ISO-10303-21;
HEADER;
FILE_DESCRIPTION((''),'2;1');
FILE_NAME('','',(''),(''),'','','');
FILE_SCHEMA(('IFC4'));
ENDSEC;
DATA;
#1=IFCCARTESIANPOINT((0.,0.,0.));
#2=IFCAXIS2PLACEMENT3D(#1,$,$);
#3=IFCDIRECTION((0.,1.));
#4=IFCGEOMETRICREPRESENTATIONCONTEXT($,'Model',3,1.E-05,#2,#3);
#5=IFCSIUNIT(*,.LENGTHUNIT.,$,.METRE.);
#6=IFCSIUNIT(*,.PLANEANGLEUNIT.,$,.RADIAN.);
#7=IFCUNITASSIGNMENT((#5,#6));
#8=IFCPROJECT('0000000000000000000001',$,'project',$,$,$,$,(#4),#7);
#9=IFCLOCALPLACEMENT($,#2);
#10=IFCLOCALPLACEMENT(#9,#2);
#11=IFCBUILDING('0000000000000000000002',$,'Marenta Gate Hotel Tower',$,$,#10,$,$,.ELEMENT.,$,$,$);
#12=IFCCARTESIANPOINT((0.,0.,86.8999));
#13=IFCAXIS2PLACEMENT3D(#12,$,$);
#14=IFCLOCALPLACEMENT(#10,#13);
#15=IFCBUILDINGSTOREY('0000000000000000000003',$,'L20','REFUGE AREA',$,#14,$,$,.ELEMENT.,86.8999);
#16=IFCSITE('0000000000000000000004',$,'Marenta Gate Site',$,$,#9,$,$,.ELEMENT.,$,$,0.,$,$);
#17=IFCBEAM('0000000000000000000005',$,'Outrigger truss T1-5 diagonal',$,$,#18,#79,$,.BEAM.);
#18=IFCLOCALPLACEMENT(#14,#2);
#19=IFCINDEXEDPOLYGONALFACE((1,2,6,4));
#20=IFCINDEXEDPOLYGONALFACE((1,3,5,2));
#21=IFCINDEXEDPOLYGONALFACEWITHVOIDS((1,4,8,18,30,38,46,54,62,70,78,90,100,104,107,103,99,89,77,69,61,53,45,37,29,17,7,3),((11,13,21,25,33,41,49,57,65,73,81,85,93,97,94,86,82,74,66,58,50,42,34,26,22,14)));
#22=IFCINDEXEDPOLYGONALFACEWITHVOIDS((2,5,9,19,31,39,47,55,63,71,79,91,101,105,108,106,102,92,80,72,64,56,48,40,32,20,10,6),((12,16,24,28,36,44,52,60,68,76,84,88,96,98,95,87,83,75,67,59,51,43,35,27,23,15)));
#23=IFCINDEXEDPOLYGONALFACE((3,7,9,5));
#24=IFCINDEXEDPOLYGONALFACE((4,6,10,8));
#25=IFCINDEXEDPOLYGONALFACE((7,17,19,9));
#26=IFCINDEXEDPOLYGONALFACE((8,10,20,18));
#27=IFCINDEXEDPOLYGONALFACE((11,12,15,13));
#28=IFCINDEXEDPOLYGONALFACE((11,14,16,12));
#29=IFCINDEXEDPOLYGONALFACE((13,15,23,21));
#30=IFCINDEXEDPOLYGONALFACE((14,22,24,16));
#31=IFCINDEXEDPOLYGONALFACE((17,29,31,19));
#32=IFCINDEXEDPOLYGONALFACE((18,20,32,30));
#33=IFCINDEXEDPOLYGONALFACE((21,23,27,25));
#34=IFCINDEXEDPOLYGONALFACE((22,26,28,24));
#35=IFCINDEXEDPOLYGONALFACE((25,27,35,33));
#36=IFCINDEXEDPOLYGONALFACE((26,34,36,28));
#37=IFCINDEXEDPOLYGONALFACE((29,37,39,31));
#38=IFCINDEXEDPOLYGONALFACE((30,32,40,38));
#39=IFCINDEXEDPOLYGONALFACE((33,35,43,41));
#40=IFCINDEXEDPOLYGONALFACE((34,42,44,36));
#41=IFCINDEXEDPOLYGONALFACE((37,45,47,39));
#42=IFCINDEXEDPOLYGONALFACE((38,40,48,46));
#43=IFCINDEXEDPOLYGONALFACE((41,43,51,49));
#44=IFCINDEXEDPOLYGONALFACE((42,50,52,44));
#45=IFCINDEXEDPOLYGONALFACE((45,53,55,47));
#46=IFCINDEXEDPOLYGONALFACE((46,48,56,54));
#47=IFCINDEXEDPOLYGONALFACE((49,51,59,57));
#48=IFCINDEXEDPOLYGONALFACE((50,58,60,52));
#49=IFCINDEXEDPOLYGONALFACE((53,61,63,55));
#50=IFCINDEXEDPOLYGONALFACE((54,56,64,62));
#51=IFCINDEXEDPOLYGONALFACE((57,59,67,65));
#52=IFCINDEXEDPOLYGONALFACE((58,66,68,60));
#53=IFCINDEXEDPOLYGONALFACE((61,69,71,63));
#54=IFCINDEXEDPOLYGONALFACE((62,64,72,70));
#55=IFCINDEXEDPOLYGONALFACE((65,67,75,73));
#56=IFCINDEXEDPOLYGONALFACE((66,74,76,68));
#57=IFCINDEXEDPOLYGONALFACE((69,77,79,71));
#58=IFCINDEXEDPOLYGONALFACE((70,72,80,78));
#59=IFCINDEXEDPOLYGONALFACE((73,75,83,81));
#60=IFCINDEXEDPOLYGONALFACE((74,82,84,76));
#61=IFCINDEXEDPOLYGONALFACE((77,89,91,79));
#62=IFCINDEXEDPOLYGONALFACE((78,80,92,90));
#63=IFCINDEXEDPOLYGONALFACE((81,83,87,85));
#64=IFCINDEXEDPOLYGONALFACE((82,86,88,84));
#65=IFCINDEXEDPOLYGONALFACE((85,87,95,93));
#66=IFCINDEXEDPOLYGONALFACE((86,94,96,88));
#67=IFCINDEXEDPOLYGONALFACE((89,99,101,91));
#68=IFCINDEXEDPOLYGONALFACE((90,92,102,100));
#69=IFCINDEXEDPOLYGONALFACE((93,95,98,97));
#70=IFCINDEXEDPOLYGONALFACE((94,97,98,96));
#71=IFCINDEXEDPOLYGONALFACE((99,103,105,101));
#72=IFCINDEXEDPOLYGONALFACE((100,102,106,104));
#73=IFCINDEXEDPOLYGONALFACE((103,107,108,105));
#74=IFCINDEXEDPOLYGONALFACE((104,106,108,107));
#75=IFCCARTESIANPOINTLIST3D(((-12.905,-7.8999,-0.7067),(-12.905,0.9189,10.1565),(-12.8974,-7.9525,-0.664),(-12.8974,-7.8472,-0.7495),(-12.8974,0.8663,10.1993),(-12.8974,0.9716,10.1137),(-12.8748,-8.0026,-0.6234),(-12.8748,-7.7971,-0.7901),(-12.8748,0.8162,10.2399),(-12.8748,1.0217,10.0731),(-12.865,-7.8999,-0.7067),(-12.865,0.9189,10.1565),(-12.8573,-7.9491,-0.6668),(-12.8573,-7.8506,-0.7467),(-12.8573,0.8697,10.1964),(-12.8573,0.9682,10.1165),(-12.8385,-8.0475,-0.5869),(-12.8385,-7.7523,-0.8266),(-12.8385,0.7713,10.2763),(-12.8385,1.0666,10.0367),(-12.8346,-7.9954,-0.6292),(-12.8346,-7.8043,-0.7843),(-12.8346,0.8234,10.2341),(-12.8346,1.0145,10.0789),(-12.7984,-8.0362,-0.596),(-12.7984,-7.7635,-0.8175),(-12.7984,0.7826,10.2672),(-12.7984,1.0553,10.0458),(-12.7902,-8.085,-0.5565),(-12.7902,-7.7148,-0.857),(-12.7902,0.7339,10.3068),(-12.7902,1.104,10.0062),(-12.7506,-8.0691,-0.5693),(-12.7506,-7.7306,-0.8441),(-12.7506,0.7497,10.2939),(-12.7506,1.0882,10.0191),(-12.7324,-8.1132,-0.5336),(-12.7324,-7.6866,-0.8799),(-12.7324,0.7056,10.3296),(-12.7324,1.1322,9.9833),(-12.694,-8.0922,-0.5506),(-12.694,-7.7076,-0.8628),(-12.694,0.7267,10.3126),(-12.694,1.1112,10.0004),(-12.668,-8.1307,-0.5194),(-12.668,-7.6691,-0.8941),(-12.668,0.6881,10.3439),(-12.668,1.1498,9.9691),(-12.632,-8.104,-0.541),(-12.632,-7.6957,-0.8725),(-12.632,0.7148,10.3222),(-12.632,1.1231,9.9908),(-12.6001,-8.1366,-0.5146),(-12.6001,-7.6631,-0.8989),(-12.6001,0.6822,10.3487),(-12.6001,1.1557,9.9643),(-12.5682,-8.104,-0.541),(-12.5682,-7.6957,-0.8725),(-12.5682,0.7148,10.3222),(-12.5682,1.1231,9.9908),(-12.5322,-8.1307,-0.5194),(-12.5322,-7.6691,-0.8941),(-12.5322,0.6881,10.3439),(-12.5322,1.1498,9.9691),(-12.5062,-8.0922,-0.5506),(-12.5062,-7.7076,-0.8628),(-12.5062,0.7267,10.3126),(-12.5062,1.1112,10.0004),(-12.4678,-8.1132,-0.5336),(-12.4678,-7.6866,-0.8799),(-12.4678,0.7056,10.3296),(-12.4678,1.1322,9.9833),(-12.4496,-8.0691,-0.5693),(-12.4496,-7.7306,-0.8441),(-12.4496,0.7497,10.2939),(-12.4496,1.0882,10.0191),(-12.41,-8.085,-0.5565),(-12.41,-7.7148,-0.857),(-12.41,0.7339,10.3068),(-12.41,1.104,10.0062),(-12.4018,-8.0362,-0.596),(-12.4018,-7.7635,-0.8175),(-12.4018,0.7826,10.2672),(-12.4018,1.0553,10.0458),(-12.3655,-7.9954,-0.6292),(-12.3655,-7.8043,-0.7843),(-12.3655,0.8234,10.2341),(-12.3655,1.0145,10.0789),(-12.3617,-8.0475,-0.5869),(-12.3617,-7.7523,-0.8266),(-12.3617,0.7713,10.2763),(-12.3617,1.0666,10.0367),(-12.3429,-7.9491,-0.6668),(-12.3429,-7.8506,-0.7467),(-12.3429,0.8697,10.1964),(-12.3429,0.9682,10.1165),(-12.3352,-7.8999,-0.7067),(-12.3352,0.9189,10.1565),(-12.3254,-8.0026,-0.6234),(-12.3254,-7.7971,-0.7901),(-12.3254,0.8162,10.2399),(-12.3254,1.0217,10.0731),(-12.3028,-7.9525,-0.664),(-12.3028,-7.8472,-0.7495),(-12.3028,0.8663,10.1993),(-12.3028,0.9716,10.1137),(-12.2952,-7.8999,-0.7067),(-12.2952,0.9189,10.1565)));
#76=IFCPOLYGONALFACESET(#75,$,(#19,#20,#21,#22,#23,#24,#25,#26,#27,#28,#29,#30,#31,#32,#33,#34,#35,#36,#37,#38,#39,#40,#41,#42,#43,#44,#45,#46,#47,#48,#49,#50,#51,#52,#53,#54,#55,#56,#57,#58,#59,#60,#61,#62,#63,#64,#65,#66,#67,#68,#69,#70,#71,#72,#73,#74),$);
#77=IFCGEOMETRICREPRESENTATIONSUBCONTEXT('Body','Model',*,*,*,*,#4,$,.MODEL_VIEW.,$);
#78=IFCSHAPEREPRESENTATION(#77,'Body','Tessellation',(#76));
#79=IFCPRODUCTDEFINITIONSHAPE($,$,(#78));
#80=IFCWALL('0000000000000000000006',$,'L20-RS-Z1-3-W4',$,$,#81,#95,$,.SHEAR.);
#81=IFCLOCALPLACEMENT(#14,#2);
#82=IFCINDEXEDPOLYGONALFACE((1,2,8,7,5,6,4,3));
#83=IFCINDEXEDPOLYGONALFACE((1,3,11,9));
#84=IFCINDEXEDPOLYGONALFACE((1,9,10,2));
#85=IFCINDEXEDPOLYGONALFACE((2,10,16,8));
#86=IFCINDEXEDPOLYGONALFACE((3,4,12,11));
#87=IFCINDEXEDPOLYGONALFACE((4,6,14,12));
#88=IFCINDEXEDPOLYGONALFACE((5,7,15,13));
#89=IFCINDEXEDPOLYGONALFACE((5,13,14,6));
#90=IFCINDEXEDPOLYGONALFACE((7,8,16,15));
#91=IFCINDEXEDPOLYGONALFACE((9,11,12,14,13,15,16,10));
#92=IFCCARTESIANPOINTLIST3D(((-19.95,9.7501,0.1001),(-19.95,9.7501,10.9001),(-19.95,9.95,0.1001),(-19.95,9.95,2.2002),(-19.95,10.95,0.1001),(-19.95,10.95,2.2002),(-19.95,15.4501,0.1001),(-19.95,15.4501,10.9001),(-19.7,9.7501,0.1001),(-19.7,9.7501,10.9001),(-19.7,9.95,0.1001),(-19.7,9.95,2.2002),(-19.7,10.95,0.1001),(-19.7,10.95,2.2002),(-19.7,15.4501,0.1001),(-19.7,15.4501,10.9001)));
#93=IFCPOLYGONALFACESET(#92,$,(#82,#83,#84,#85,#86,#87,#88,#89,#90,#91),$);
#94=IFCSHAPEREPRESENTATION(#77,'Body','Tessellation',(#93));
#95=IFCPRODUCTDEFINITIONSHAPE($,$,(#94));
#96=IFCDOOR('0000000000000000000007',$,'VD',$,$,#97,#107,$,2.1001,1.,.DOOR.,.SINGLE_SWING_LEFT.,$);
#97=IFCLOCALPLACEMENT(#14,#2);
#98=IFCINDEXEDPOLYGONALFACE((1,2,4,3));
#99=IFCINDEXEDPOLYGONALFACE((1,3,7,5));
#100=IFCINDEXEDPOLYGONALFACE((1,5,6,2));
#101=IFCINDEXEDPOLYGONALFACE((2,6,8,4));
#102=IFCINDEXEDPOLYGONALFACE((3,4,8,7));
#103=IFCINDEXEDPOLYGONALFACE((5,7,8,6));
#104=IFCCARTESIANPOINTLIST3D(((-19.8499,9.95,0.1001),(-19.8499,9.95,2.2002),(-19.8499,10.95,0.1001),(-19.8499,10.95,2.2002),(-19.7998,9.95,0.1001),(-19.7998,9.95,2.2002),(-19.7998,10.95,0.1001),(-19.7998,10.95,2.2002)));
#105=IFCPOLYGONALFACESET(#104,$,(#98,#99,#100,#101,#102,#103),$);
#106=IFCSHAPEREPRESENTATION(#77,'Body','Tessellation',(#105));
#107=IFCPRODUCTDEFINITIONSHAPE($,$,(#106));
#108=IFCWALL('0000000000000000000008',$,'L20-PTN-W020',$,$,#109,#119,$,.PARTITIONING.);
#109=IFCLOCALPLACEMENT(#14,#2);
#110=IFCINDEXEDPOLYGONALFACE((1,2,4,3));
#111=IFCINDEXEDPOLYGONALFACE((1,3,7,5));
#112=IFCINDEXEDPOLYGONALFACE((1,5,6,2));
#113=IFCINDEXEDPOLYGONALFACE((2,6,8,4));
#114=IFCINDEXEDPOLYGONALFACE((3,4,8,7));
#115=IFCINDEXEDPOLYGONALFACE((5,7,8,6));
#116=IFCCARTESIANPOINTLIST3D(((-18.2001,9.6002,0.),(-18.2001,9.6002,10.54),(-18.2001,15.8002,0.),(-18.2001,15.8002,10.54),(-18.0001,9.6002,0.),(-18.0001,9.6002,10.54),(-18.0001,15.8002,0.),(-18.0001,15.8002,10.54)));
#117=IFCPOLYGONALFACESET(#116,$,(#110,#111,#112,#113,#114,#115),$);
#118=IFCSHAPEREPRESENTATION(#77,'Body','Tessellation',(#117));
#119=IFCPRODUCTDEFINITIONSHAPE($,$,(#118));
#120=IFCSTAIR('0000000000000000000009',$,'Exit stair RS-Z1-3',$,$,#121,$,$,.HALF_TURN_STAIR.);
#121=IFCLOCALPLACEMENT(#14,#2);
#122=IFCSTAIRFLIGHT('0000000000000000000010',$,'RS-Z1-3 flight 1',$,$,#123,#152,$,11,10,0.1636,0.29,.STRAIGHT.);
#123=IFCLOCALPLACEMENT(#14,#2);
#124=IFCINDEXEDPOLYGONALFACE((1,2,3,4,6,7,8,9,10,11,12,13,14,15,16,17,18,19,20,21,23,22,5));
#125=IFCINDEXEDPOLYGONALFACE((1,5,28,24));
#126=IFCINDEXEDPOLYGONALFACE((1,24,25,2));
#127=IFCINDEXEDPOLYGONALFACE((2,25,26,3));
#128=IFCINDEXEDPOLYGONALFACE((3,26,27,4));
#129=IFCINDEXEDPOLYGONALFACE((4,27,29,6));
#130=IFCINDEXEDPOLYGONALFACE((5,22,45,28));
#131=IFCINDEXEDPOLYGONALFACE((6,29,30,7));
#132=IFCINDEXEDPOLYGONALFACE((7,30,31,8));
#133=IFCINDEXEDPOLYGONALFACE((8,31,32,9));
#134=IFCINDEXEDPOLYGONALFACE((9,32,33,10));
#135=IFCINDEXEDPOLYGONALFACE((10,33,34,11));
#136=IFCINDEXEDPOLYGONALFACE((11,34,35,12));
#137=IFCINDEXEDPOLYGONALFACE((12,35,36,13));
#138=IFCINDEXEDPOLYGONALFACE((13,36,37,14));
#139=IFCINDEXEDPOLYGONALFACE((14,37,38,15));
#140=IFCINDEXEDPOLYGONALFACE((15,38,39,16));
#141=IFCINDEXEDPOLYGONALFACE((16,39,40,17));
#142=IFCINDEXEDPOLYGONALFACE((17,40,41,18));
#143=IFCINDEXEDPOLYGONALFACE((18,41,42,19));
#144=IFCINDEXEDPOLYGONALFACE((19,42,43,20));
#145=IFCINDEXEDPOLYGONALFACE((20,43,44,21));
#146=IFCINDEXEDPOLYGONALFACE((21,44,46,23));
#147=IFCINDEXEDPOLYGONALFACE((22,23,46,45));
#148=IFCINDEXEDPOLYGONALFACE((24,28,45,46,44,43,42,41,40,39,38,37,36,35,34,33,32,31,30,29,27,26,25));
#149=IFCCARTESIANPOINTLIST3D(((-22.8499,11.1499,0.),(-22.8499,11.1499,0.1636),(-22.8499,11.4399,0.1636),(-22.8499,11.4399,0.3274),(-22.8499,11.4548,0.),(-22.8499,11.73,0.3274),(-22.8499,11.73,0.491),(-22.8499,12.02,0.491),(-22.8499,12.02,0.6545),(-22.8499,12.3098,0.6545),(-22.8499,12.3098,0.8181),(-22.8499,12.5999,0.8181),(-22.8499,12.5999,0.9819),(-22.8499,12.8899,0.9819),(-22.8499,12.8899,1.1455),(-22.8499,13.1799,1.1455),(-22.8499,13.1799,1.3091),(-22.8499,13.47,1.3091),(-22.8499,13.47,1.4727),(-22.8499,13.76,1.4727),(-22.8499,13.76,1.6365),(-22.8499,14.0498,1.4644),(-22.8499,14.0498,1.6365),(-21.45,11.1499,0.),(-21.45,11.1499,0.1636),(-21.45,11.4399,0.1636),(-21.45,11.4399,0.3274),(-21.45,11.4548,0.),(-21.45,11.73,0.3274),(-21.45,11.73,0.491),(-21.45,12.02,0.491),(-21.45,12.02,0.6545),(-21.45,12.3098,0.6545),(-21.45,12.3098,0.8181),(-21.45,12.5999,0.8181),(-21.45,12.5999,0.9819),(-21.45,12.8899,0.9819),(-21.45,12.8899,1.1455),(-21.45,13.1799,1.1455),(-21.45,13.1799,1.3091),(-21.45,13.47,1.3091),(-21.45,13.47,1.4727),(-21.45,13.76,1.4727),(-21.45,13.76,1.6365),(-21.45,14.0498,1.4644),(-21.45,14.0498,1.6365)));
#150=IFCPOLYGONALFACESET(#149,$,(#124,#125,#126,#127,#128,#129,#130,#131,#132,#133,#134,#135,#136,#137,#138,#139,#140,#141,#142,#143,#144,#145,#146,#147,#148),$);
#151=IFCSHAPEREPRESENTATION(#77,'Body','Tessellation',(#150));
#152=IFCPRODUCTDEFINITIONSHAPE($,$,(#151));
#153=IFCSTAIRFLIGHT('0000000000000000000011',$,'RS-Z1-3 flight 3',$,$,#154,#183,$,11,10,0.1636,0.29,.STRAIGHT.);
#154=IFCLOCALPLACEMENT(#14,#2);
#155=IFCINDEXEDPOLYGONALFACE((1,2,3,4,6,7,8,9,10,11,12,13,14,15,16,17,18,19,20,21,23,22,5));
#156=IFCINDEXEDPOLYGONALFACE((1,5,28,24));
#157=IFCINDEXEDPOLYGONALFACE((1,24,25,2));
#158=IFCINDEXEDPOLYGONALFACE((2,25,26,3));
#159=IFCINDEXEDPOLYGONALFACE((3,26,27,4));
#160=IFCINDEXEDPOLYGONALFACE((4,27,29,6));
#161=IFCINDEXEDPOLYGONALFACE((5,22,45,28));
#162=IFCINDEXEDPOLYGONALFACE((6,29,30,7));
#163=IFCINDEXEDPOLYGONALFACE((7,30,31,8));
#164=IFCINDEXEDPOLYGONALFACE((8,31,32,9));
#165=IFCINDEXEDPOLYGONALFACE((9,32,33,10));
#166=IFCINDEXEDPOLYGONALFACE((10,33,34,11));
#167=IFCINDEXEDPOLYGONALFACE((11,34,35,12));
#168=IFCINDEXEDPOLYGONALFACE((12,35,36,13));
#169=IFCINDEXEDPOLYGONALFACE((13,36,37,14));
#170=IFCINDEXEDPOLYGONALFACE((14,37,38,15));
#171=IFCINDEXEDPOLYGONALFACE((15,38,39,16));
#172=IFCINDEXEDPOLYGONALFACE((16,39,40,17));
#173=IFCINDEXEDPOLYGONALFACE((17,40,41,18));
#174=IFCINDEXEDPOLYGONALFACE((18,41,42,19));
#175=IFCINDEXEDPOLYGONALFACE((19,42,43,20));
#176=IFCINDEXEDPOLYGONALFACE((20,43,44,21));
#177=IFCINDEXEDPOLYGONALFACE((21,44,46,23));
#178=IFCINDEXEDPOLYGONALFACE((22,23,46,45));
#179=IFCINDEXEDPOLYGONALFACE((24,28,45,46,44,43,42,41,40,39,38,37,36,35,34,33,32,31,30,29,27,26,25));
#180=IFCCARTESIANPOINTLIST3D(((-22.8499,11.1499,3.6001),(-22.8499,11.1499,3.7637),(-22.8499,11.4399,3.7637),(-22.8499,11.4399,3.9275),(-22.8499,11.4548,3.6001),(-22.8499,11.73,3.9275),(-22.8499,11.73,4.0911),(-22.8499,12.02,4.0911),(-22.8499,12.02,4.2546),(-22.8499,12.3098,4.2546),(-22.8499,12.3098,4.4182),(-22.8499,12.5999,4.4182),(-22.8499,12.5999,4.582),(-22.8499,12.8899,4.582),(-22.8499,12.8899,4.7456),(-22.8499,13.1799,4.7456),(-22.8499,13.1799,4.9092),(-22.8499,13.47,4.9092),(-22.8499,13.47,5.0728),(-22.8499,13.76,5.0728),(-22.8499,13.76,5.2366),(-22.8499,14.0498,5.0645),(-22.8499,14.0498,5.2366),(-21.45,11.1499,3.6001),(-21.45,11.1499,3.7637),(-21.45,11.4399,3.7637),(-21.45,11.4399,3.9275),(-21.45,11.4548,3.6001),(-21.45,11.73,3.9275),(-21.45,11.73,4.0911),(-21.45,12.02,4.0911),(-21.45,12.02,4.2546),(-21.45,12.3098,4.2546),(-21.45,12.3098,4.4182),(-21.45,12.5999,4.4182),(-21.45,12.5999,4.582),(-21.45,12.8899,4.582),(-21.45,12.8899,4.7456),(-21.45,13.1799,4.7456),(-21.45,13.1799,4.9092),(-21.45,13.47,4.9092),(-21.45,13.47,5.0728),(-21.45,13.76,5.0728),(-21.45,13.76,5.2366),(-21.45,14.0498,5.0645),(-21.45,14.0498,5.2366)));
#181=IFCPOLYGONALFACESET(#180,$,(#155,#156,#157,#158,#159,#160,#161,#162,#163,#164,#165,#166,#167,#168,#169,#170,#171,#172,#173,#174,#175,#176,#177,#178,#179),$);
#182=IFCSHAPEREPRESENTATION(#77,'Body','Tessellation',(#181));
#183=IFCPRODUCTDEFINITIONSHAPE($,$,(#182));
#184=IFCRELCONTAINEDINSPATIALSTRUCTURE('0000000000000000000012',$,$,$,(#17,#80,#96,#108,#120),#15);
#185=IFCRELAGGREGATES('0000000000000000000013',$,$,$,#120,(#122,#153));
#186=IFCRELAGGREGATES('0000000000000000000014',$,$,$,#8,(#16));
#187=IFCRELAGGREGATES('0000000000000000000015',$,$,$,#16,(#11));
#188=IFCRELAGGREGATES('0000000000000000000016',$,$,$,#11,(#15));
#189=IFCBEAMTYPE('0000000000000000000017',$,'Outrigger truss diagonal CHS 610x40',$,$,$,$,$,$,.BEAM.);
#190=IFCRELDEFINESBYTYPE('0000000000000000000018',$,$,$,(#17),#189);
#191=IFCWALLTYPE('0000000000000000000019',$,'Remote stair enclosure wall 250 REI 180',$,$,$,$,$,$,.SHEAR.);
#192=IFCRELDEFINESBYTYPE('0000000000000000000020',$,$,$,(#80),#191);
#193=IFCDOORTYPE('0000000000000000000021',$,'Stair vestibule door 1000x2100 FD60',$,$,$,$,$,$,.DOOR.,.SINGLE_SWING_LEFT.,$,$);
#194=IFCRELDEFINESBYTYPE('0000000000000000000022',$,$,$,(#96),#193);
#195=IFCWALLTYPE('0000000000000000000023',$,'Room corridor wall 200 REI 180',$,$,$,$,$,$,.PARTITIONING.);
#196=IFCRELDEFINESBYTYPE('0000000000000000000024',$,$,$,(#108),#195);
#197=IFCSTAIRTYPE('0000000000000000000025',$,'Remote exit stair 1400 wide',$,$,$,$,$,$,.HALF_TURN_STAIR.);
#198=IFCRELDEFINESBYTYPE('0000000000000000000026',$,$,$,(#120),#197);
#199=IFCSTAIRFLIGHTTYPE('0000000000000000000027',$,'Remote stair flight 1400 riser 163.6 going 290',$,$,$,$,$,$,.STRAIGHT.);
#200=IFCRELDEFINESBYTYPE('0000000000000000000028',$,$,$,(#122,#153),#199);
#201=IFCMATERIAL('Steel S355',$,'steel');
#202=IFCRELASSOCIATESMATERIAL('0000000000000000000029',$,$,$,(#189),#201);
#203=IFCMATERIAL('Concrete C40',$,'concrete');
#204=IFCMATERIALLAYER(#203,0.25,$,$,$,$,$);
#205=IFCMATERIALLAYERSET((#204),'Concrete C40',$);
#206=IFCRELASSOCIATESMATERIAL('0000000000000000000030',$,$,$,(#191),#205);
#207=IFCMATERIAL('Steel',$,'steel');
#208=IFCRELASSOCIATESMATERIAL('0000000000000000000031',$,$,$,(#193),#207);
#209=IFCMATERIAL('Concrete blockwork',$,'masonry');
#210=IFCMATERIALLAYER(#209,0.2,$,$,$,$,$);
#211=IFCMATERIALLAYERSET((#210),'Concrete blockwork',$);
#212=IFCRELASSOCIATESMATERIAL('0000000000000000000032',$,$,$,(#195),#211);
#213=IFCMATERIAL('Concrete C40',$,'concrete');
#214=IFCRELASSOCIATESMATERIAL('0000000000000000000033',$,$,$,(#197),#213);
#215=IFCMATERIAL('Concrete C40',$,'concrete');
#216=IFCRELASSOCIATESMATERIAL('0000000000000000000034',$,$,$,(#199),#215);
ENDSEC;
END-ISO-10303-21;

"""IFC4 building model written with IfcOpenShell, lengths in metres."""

from ifc_helpers import new_model, si_unit, direction, frame, frame_2d, origin, origin_2d, place, context, subcontext, project, spatial, polyline, rectangle, hollow_circle, outline, extrude, material, layer, layer_set, material_profile, profile_set, type_object, element, fill, aggregate, save


model = new_model("IFC4")

# Units and contexts
model_context = context("Model", 3, precision=1e-05, world=origin(), true_north=direction((0.0, 1.0)))
body_context = subcontext(model_context, "Body", "Model", "MODEL_VIEW")
ifc_project = project(units=[si_unit("LENGTHUNIT", "METRE"), si_unit("PLANEANGLEUNIT", "RADIAN")], contexts=[model_context])

# Site, building, storey
site_placement = place(None, origin())
site = spatial("IfcSite", under=ifc_project, at=site_placement, Name="Marenta Gate Site", CompositionType="ELEMENT", RefElevation=0.0)
building_placement = place(site_placement, origin())
building = spatial("IfcBuilding", under=site, at=building_placement, Name="Marenta Gate Hotel Tower", CompositionType="ELEMENT")
storey_placement = place(building_placement, frame((0.0, 0.0, 86.8999)))
storey = spatial("IfcBuildingStorey", under=building, at=storey_placement, Name="L20", Description="REFUGE AREA", CompositionType="ELEMENT", Elevation=86.8999)

# Beam
ifc_material_1 = material(Name="Steel S355", Category="steel")
ifc_material_profile_1 = material_profile(ifc_material_1, hollow_circle(Radius=0.3049, WallThickness=0.04, at=origin_2d()), Name="CHS 610x40")
ifc_profile_set_1 = profile_set([ifc_material_profile_1], Name="Steel S355")
beam_type_1 = type_object("IfcBeamType", Name="Outrigger truss diagonal CHS 610x40", PredefinedType="BEAM", material=ifc_profile_set_1)
beam_1_placement = place(storey_placement, frame((-12.6001, 0.9189, 10.1565), z_axis=(0.0, -0.630267, -0.776379), x_axis=(1.0, 0.0, 0.0)))
element("IfcBeam", 1, at=beam_1_placement, inside=storey, type_object=beam_type_1, Name="Outrigger truss T1-5 diagonal", PredefinedType="BEAM", context=body_context, shape_type="SweptSolid", body=[
    extrude(hollow_circle(Radius=0.3049, WallThickness=0.04, at=origin_2d()), origin(), (0.0, 0.0, 1.0), 13.9922),
])

# Wall, opening, door
ifc_material_2 = material(Name="Concrete C40", Category="concrete")
ifc_layer_1 = layer(ifc_material_2, 0.25)
ifc_layer_set_1 = layer_set([ifc_layer_1], Name="Concrete C40")
wall_type_1 = type_object("IfcWallType", Name="Remote stair enclosure wall 250 REI 180", PredefinedType="SHEAR", material=ifc_layer_set_1)
wall_1_placement = place(storey_placement, frame((-19.825, 9.75, 0.1001), z_axis=(0.0, 0.0, 1.0), x_axis=(0.0, 1.0, 0.0)))
wall_1 = element("IfcWall", 2, at=wall_1_placement, inside=storey, type_object=wall_type_1, Name="L20-RS-Z1-3-W4", PredefinedType="SHEAR", context=body_context, shape_type="SweptSolid", body=[
    extrude(rectangle(XDim=5.7, YDim=0.25, at=frame_2d((2.8501, 0.0))), origin(), (0.0, 0.0, 1.0), 10.8),
])
opening_1_placement = place(wall_1_placement, frame((0.2, 0.0, 0.0)))
opening_1 = element("IfcOpeningElement", 3, at=opening_1_placement, cuts=wall_1, PredefinedType="OPENING", context=body_context, shape_type="SweptSolid", body=[
    extrude(rectangle(XDim=1.0, YDim=2.1001, at=frame_2d((0.5, 1.05))), frame((0.0, 0.125, 0.0), z_axis=(0.0, -1.0, 0.0), x_axis=(1.0, 0.0, 0.0)), (0.0, 0.0, 1.0), 0.25),
])
ifc_material_3 = material(Name="Steel", Category="steel")
door_type_1 = type_object("IfcDoorType", Name="Stair vestibule door 1000x2100 FD60", OperationType="SINGLE_SWING_LEFT", PredefinedType="DOOR", material=ifc_material_3)
door_1_placement = place(opening_1_placement, origin())
door_1 = element("IfcDoor", 4, at=door_1_placement, inside=storey, type_object=door_type_1, Name="VD", OperationType="SINGLE_SWING_LEFT", OverallHeight=2.1001, OverallWidth=1.0, PredefinedType="DOOR", context=body_context, shape_type="SweptSolid", body=[
    extrude(rectangle(XDim=1.0, YDim=2.1001, at=frame_2d((0.5, 1.05))), frame((0.0, 0.0249, 0.0), z_axis=(0.0, -1.0, 0.0), x_axis=(1.0, 0.0, 0.0)), (0.0, 0.0, 1.0), 0.05),
])
fill(opening_1, door_1)
ifc_material_4 = material(Name="Concrete blockwork", Category="masonry")
ifc_layer_2 = layer(ifc_material_4, 0.2)
ifc_layer_set_2 = layer_set([ifc_layer_2], Name="Concrete blockwork")
wall_type_2 = type_object("IfcWallType", Name="Room corridor wall 200 REI 180", PredefinedType="PARTITIONING", material=ifc_layer_set_2)

# Wall
wall_2_placement = place(storey_placement, frame((-18.1001, 9.6001, 0.0), z_axis=(0.0, 0.0, 1.0), x_axis=(0.0, 1.0, 0.0)))
element("IfcWall", 5, at=wall_2_placement, inside=storey, type_object=wall_type_2, Name="L20-PTN-W020", PredefinedType="PARTITIONING", context=body_context, shape_type="SweptSolid", body=[
    extrude(rectangle(XDim=6.2, YDim=0.2, at=frame_2d((3.1001, 0.0))), origin(), (0.0, 0.0, 1.0), 10.54),
])

# Stair, stair flights
ifc_material_5 = material(Name="Concrete C40", Category="concrete")
stair_type = type_object("IfcStairType", Name="Remote exit stair 1400 wide", PredefinedType="HALF_TURN_STAIR", material=ifc_material_5)
stair_placement = place(storey_placement, origin())
stair = element("IfcStair", 6, at=stair_placement, inside=storey, type_object=stair_type, Name="Exit stair RS-Z1-3", PredefinedType="HALF_TURN_STAIR")
ifc_material_6 = material(Name="Concrete C40", Category="concrete")
stair_flight_type = type_object("IfcStairFlightType", Name="Remote stair flight 1400 riser 163.6 going 290", PredefinedType="STRAIGHT", material=ifc_material_6)
stair_flight_1_placement = place(storey_placement, frame((-22.1499, 11.1499, 0.0), z_axis=(0.0, 0.0, 1.0), x_axis=(0.0, 1.0, 0.0)))
stair_flight_1 = element("IfcStairFlight", 7, at=stair_flight_1_placement, type_object=stair_flight_type, Name="RS-Z1-3 flight 1", NumberOfRisers=11, NumberOfTreads=10, PredefinedType="STRAIGHT", RiserHeight=0.1636, TreadLength=0.29, context=body_context, shape_type="SweptSolid", body=[
    extrude(outline(polyline([(0.0, 0.0), (0.0, 0.1636), (0.29, 0.1636), (0.29, 0.3274), (0.5801, 0.3274), (0.5801, 0.491), (0.8701, 0.491), (0.8701, 0.6545), (1.1599, 0.6545), (1.1599, 0.8181), (1.45, 0.8181), (1.45, 0.9819), (1.74, 0.9819), (1.74, 1.1455), (2.03, 1.1455), (2.03, 1.3091), (2.3201, 1.3091), (2.3201, 1.4727), (2.6101, 1.4727), (2.6101, 1.6365), (2.8999, 1.6365), (2.8999, 1.8), (2.8999, 1.4644), (0.3049, 0.0), (0.0, 0.0)])), frame((0.0, 0.7, 0.0), z_axis=(0.0, -1.0, 0.0), x_axis=(1.0, 0.0, 0.0)), (0.0, 0.0, 1.0), 1.3999),
])
stair_flight_2_placement = place(storey_placement, frame((-22.1499, 11.1499, 3.6001), z_axis=(0.0, 0.0, 1.0), x_axis=(0.0, 1.0, 0.0)))
stair_flight_2 = element("IfcStairFlight", 8, at=stair_flight_2_placement, type_object=stair_flight_type, Name="RS-Z1-3 flight 3", NumberOfRisers=11, NumberOfTreads=10, PredefinedType="STRAIGHT", RiserHeight=0.1636, TreadLength=0.29, context=body_context, shape_type="SweptSolid", body=[
    extrude(outline(polyline([(0.0, 0.0), (0.0, 0.1636), (0.29, 0.1636), (0.29, 0.3274), (0.5801, 0.3274), (0.5801, 0.491), (0.8701, 0.491), (0.8701, 0.6545), (1.1599, 0.6545), (1.1599, 0.8181), (1.45, 0.8181), (1.45, 0.9819), (1.74, 0.9819), (1.74, 1.1455), (2.03, 1.1455), (2.03, 1.3091), (2.3201, 1.3091), (2.3201, 1.4727), (2.6101, 1.4727), (2.6101, 1.6365), (2.8999, 1.6365), (2.8999, 1.8), (2.8999, 1.4644), (0.3049, 0.0), (0.0, 0.0)])), frame((0.0, 0.7, 0.0), z_axis=(0.0, -1.0, 0.0), x_axis=(1.0, 0.0, 0.0)), (0.0, 0.0, 1.0), 1.3999),
])
aggregate(stair, [stair_flight_1, stair_flight_2])

save(model, "model.ifc")
